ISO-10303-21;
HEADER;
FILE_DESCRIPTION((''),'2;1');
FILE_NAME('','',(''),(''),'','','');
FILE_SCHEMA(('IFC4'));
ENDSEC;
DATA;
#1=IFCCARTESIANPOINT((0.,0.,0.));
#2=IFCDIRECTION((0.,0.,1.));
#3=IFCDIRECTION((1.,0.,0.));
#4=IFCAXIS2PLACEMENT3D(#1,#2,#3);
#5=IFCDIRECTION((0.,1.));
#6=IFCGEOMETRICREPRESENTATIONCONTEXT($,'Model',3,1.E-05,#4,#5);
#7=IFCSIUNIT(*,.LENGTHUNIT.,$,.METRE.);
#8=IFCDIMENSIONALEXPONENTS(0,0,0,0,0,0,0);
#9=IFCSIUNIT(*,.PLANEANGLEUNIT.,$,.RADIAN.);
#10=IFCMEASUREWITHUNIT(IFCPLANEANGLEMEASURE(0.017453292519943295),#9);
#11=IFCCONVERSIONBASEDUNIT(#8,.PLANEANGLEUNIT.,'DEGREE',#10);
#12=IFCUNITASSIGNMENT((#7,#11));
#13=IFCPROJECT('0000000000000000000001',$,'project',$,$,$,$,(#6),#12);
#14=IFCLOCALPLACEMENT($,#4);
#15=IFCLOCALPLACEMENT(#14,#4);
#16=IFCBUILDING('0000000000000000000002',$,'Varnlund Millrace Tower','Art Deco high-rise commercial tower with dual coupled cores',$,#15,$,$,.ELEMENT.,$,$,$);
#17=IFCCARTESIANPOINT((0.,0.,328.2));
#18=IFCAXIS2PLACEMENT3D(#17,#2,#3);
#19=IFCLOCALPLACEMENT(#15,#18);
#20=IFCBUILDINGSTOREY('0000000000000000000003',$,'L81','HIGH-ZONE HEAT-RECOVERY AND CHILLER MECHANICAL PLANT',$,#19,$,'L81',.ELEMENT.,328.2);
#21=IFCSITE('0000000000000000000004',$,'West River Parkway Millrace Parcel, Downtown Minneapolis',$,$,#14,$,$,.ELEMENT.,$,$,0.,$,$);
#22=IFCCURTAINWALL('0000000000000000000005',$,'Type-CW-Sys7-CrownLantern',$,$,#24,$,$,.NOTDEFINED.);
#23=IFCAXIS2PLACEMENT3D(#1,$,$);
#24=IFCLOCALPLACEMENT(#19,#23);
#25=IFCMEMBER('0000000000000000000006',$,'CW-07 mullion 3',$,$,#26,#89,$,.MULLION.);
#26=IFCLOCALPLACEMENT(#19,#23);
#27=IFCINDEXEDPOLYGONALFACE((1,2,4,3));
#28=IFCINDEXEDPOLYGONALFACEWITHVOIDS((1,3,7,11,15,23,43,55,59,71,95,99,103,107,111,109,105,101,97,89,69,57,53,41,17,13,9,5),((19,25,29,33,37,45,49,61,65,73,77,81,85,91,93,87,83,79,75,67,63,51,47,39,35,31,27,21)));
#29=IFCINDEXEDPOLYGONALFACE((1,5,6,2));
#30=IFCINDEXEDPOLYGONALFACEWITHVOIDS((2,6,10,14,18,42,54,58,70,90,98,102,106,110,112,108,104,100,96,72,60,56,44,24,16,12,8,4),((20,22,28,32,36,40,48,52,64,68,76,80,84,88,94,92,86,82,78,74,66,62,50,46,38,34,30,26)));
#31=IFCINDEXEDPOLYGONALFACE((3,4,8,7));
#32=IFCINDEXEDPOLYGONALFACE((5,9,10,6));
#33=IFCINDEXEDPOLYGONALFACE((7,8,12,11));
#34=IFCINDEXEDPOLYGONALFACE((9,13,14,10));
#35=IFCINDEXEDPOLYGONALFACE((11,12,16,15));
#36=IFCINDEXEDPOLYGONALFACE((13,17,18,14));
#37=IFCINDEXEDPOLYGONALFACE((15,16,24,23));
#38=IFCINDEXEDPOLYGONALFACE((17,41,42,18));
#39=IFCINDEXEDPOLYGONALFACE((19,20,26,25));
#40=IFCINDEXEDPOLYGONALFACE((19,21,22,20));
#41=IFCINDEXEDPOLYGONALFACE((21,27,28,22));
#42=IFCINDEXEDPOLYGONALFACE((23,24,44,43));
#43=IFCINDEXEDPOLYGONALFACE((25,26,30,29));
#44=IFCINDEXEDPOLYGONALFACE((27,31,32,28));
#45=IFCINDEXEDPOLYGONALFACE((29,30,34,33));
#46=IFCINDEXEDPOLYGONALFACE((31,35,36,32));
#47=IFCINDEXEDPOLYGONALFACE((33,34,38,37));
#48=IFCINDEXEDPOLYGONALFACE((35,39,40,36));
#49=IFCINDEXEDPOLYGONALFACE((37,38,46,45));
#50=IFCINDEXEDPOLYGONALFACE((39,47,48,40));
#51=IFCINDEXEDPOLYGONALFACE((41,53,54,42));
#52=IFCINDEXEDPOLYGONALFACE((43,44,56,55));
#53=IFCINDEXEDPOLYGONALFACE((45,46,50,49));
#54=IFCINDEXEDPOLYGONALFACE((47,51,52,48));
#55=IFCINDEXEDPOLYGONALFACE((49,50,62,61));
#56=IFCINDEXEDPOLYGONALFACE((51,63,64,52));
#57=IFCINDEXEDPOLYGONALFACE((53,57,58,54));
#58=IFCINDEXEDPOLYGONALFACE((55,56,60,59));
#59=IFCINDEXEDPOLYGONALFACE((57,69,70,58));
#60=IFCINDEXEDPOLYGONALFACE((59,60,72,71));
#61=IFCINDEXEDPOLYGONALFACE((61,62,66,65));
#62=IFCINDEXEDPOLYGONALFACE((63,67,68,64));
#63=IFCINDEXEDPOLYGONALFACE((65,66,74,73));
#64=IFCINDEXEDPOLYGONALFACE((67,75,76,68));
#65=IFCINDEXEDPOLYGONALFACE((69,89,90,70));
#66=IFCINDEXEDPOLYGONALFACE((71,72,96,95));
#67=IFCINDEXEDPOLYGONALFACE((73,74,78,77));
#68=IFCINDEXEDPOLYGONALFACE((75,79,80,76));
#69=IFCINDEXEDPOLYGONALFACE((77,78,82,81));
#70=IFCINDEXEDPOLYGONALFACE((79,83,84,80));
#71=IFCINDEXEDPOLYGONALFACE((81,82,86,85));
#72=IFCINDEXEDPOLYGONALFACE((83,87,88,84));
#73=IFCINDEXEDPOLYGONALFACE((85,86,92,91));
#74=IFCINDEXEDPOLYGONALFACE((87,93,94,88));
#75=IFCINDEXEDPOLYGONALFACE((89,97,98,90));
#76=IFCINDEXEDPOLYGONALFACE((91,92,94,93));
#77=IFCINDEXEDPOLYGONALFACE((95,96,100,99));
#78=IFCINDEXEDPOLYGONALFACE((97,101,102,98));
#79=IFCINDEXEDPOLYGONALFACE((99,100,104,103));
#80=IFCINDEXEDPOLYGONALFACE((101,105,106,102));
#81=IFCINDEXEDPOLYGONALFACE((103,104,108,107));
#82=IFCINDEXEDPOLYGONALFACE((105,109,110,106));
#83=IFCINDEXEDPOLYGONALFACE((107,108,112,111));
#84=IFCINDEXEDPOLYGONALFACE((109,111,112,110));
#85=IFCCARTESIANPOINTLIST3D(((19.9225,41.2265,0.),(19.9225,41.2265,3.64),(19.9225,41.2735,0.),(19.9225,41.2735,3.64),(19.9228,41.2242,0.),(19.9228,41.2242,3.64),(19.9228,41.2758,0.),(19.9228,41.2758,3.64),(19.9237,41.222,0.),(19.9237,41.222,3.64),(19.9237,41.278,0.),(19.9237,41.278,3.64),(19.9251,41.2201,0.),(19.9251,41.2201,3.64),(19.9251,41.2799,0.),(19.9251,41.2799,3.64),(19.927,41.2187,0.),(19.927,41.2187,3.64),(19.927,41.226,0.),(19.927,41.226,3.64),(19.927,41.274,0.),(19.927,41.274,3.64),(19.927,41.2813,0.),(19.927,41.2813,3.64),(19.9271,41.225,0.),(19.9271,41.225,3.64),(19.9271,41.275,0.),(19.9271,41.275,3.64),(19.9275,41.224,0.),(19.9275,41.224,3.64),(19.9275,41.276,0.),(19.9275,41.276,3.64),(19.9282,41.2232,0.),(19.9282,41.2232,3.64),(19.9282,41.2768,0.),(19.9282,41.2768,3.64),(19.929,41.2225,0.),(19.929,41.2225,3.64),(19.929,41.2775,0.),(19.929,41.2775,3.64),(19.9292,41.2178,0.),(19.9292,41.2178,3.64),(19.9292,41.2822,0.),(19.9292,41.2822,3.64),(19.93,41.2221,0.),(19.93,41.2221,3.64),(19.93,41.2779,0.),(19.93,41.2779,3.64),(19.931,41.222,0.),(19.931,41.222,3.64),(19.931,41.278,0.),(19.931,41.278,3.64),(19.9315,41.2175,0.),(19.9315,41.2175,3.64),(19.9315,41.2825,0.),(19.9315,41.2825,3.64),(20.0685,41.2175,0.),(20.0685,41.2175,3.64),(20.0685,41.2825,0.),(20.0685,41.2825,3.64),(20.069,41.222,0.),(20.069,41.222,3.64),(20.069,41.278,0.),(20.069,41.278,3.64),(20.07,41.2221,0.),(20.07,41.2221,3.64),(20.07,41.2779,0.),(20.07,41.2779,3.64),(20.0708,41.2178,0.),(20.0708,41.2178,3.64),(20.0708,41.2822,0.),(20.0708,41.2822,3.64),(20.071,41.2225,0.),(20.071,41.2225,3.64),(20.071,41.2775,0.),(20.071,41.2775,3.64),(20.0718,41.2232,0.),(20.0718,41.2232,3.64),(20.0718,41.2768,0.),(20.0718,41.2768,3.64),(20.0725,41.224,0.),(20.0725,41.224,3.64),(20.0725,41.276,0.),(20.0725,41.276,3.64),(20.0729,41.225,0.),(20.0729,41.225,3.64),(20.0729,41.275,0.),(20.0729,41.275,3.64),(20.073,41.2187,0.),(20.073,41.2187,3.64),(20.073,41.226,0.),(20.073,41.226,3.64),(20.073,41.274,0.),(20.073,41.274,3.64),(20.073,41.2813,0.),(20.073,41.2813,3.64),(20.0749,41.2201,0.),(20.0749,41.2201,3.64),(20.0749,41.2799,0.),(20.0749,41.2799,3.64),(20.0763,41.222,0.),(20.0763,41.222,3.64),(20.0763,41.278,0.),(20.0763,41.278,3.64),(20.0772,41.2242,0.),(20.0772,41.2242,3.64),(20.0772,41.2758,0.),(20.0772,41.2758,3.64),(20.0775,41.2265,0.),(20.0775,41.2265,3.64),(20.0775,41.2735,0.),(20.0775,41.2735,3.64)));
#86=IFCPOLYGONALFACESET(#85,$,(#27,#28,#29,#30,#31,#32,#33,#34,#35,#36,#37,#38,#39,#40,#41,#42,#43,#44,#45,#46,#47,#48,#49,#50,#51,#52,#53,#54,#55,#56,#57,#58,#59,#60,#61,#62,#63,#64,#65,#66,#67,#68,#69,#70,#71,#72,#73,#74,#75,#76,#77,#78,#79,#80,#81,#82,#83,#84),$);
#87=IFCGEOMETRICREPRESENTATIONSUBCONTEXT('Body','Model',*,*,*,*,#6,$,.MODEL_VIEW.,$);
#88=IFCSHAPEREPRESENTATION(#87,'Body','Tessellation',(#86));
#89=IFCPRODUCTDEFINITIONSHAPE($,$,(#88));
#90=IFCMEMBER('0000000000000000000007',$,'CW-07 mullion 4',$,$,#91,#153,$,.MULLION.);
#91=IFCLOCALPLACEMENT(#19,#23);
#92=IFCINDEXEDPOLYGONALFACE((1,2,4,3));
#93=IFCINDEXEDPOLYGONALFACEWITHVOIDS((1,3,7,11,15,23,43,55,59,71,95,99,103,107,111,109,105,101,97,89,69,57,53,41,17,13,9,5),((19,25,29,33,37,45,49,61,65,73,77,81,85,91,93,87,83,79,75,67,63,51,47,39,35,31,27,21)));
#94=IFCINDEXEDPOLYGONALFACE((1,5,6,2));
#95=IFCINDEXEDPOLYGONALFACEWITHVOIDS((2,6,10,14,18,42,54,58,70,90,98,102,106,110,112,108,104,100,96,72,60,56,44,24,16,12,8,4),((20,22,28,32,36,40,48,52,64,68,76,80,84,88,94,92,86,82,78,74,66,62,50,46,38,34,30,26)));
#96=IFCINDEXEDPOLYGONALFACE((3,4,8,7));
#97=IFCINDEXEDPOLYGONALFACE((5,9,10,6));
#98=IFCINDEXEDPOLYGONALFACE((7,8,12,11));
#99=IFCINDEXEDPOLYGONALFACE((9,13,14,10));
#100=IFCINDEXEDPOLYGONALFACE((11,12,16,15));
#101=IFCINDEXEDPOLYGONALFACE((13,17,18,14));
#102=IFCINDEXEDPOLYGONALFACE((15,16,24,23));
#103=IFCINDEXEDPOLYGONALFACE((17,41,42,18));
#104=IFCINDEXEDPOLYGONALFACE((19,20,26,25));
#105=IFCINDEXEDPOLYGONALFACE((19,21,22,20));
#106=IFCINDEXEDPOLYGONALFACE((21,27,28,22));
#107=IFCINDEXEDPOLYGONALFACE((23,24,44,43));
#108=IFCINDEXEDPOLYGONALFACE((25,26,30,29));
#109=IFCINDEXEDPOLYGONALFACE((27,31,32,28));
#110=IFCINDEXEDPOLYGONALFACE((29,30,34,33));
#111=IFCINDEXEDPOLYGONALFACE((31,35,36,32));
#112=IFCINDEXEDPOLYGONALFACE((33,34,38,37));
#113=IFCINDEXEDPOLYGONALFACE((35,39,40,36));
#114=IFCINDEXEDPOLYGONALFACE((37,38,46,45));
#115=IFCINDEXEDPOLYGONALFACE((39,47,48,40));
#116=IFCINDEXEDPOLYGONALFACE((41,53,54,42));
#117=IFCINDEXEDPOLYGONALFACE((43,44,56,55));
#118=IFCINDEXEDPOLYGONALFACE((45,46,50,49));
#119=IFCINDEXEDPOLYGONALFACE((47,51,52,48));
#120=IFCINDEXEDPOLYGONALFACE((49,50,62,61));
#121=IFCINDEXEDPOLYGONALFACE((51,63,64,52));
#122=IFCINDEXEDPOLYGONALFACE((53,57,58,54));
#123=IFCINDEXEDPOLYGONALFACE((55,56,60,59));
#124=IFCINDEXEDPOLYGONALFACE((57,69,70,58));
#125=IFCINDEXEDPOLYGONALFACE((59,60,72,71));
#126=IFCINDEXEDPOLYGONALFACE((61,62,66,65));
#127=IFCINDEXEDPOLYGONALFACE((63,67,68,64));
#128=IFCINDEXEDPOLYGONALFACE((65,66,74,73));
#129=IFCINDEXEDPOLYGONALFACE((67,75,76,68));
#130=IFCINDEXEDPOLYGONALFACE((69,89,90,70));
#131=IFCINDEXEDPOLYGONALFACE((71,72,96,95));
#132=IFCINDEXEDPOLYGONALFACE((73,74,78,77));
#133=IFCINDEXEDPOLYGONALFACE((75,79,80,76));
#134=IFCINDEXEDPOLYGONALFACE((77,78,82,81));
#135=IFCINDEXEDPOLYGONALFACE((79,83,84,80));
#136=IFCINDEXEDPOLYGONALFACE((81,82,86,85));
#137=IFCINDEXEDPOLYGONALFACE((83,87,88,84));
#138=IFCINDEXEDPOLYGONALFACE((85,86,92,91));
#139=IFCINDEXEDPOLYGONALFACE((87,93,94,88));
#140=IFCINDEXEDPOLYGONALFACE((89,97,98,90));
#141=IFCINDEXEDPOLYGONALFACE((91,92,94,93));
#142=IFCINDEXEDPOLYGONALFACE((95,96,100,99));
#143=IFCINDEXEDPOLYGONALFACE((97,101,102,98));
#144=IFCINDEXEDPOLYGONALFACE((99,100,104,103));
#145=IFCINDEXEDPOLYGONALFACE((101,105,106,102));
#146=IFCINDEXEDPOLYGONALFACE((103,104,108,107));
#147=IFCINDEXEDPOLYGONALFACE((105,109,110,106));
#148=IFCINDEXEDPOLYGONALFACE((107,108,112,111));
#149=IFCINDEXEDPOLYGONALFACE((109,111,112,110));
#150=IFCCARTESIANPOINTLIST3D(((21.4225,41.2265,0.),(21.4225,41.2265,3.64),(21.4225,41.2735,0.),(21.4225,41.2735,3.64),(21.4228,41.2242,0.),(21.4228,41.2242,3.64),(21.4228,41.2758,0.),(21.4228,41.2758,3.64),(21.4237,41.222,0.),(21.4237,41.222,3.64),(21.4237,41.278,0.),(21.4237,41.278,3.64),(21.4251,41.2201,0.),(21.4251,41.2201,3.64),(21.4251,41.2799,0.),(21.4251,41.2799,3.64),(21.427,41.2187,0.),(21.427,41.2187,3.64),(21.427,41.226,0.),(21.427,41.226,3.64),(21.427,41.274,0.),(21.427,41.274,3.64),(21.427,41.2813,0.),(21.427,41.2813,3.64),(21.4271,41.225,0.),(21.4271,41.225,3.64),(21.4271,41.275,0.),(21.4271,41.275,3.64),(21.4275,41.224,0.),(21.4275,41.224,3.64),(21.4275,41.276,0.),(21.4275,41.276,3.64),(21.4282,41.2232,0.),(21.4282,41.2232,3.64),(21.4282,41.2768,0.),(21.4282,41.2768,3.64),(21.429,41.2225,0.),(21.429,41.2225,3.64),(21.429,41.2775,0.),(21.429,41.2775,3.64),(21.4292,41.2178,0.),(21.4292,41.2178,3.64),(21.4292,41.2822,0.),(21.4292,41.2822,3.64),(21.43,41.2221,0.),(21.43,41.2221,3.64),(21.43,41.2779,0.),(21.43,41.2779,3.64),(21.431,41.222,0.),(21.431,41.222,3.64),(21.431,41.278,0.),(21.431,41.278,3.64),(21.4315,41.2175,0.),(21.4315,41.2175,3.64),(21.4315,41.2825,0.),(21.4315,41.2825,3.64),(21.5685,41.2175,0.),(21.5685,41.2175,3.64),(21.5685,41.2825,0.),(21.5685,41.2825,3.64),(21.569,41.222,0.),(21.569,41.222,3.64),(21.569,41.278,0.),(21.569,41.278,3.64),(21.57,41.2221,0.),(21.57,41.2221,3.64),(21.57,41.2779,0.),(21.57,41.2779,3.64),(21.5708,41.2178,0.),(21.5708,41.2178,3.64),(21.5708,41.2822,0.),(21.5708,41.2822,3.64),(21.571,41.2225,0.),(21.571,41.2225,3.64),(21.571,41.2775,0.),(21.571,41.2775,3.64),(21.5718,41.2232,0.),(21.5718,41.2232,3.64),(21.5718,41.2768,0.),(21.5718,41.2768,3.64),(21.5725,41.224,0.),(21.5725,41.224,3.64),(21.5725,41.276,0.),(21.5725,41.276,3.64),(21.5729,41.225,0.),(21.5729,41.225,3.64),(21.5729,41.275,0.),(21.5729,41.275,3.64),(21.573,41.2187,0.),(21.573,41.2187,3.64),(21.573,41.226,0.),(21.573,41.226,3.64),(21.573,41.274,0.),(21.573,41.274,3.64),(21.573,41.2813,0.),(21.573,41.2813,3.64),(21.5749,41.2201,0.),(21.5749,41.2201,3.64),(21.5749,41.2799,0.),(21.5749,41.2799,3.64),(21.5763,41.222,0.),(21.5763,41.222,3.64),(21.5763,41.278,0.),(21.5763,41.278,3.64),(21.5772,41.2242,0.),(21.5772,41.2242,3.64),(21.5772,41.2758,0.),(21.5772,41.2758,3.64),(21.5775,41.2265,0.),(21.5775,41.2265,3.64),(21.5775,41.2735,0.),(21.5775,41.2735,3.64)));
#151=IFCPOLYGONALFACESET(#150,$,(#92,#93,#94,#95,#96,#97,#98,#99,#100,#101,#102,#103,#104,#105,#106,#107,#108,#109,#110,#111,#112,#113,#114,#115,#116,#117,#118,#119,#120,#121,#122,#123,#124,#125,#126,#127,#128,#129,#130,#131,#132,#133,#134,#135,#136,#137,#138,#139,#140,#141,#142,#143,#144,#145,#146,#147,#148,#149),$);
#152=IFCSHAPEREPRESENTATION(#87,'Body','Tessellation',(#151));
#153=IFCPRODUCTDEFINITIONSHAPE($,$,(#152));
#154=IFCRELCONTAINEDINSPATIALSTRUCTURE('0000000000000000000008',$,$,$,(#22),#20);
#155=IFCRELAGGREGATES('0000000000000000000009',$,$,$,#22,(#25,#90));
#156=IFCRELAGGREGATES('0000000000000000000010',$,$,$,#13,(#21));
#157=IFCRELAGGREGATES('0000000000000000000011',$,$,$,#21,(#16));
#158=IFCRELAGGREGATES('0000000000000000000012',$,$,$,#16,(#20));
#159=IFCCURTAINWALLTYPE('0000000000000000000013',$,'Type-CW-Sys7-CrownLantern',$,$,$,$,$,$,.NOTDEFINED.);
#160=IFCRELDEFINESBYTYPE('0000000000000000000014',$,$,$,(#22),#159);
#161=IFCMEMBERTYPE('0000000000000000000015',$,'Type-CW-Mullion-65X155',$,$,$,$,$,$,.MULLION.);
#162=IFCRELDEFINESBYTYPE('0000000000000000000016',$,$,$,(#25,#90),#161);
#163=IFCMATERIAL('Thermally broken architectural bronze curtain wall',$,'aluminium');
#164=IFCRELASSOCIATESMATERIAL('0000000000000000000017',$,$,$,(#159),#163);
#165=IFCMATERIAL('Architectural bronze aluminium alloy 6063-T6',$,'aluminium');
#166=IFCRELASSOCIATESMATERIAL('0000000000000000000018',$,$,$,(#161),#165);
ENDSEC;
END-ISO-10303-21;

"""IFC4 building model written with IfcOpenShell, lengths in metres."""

from ifc_helpers import new_model, entity, si_unit, converted_unit, direction, frame, origin_with_axes, origin_2d_with_axis, place, context, subcontext, project, spatial, hollow_rectangle, extrude, material, material_profile, profile_set, type_object, element, aggregate, save


model = new_model("IFC4")

# Units and contexts
model_context = context("Model", 3, precision=1e-05, world=origin_with_axes(), true_north=direction((0.0, 1.0)))
body_context = subcontext(model_context, "Body", "Model", "MODEL_VIEW")
ifc_project = project(units=[si_unit("LENGTHUNIT", "METRE"), converted_unit("PLANEANGLEUNIT", "DEGREE", entity("IfcPlaneAngleMeasure", 0.017453292519943295), si_unit("PLANEANGLEUNIT", "RADIAN"), dimensions=[0, 0, 0, 0, 0, 0, 0])], contexts=[model_context])

# Site, building, storey
site_placement = place(None, origin_with_axes())
site = spatial("IfcSite", under=ifc_project, at=site_placement, Name="West River Parkway Millrace Parcel, Downtown Minneapolis", CompositionType="ELEMENT", RefElevation=0.0)
building_placement = place(site_placement, origin_with_axes())
building = spatial("IfcBuilding", under=site, at=building_placement, Name="Varnlund Millrace Tower", Description="Art Deco high-rise commercial tower with dual coupled cores", CompositionType="ELEMENT")
storey_placement = place(building_placement, frame((0.0, 0.0, 328.2), z_axis=(0.0, 0.0, 1.0), x_axis=(1.0, 0.0, 0.0)))
storey = spatial("IfcBuildingStorey", under=building, at=storey_placement, Name="L81", Description="HIGH-ZONE HEAT-RECOVERY AND CHILLER MECHANICAL PLANT", LongName="L81", CompositionType="ELEMENT", Elevation=328.2)

# Curtain wall, members
ifc_material_1 = material(Name="Thermally broken architectural bronze curtain wall", Category="aluminium")
curtain_wall_type = type_object("IfcCurtainWallType", Name="Type-CW-Sys7-CrownLantern", PredefinedType="NOTDEFINED", material=ifc_material_1)
ifc_material_2 = material(Name="Architectural bronze aluminium alloy 6063-T6", Category="aluminium")
ifc_material_profile_1 = material_profile(ifc_material_2, hollow_rectangle(XDim=0.065, YDim=0.155, WallThickness=0.0045, InnerFilletRadius=0.004, OuterFilletRadius=0.009, at=origin_2d_with_axis()), Name="Architectural bronze aluminium alloy 6063-T6")
ifc_profile_set_1 = profile_set([ifc_material_profile_1], Name="Architectural bronze aluminium alloy 6063-T6")
member_type = type_object("IfcMemberType", Name="Type-CW-Mullion-65X155", PredefinedType="MULLION", material=ifc_profile_set_1)
curtain_wall_1_placement = place(storey_placement, frame((17.0, 41.25, 0.0), z_axis=(0.0, 0.0, 1.0), x_axis=(1.0, 0.0, 0.0)))
curtain_wall_1 = element("IfcCurtainWall", 1, at=curtain_wall_1_placement, inside=storey, type_object=curtain_wall_type, Name="Type-CW-Sys7-CrownLantern", PredefinedType="NOTDEFINED")
member_1_placement = place(storey_placement, frame((20.0, 41.25, 0.0), z_axis=(0.0, 0.0, 1.0), x_axis=(0.0, 1.0, 0.0)))
member_1 = element("IfcMember", 2, at=member_1_placement, type_object=member_type, Name="CW-07 mullion 3", PredefinedType="MULLION", context=body_context, shape_type="SweptSolid", body=[
    extrude(hollow_rectangle(XDim=0.065, YDim=0.155, WallThickness=0.0045, InnerFilletRadius=0.004, OuterFilletRadius=0.009, at=origin_2d_with_axis()), origin_with_axes(), (0.0, 0.0, 1.0), 3.64),
])
member_2_placement = place(storey_placement, frame((21.5, 41.25, 0.0), z_axis=(0.0, 0.0, 1.0), x_axis=(0.0, 1.0, 0.0)))
member_2 = element("IfcMember", 3, at=member_2_placement, type_object=member_type, Name="CW-07 mullion 4", PredefinedType="MULLION", context=body_context, shape_type="SweptSolid", body=[
    extrude(hollow_rectangle(XDim=0.065, YDim=0.155, WallThickness=0.0045, InnerFilletRadius=0.004, OuterFilletRadius=0.009, at=origin_2d_with_axis()), origin_with_axes(), (0.0, 0.0, 1.0), 3.64),
])
aggregate(curtain_wall_1, [member_1, member_2])

save(model, "model.ifc")
